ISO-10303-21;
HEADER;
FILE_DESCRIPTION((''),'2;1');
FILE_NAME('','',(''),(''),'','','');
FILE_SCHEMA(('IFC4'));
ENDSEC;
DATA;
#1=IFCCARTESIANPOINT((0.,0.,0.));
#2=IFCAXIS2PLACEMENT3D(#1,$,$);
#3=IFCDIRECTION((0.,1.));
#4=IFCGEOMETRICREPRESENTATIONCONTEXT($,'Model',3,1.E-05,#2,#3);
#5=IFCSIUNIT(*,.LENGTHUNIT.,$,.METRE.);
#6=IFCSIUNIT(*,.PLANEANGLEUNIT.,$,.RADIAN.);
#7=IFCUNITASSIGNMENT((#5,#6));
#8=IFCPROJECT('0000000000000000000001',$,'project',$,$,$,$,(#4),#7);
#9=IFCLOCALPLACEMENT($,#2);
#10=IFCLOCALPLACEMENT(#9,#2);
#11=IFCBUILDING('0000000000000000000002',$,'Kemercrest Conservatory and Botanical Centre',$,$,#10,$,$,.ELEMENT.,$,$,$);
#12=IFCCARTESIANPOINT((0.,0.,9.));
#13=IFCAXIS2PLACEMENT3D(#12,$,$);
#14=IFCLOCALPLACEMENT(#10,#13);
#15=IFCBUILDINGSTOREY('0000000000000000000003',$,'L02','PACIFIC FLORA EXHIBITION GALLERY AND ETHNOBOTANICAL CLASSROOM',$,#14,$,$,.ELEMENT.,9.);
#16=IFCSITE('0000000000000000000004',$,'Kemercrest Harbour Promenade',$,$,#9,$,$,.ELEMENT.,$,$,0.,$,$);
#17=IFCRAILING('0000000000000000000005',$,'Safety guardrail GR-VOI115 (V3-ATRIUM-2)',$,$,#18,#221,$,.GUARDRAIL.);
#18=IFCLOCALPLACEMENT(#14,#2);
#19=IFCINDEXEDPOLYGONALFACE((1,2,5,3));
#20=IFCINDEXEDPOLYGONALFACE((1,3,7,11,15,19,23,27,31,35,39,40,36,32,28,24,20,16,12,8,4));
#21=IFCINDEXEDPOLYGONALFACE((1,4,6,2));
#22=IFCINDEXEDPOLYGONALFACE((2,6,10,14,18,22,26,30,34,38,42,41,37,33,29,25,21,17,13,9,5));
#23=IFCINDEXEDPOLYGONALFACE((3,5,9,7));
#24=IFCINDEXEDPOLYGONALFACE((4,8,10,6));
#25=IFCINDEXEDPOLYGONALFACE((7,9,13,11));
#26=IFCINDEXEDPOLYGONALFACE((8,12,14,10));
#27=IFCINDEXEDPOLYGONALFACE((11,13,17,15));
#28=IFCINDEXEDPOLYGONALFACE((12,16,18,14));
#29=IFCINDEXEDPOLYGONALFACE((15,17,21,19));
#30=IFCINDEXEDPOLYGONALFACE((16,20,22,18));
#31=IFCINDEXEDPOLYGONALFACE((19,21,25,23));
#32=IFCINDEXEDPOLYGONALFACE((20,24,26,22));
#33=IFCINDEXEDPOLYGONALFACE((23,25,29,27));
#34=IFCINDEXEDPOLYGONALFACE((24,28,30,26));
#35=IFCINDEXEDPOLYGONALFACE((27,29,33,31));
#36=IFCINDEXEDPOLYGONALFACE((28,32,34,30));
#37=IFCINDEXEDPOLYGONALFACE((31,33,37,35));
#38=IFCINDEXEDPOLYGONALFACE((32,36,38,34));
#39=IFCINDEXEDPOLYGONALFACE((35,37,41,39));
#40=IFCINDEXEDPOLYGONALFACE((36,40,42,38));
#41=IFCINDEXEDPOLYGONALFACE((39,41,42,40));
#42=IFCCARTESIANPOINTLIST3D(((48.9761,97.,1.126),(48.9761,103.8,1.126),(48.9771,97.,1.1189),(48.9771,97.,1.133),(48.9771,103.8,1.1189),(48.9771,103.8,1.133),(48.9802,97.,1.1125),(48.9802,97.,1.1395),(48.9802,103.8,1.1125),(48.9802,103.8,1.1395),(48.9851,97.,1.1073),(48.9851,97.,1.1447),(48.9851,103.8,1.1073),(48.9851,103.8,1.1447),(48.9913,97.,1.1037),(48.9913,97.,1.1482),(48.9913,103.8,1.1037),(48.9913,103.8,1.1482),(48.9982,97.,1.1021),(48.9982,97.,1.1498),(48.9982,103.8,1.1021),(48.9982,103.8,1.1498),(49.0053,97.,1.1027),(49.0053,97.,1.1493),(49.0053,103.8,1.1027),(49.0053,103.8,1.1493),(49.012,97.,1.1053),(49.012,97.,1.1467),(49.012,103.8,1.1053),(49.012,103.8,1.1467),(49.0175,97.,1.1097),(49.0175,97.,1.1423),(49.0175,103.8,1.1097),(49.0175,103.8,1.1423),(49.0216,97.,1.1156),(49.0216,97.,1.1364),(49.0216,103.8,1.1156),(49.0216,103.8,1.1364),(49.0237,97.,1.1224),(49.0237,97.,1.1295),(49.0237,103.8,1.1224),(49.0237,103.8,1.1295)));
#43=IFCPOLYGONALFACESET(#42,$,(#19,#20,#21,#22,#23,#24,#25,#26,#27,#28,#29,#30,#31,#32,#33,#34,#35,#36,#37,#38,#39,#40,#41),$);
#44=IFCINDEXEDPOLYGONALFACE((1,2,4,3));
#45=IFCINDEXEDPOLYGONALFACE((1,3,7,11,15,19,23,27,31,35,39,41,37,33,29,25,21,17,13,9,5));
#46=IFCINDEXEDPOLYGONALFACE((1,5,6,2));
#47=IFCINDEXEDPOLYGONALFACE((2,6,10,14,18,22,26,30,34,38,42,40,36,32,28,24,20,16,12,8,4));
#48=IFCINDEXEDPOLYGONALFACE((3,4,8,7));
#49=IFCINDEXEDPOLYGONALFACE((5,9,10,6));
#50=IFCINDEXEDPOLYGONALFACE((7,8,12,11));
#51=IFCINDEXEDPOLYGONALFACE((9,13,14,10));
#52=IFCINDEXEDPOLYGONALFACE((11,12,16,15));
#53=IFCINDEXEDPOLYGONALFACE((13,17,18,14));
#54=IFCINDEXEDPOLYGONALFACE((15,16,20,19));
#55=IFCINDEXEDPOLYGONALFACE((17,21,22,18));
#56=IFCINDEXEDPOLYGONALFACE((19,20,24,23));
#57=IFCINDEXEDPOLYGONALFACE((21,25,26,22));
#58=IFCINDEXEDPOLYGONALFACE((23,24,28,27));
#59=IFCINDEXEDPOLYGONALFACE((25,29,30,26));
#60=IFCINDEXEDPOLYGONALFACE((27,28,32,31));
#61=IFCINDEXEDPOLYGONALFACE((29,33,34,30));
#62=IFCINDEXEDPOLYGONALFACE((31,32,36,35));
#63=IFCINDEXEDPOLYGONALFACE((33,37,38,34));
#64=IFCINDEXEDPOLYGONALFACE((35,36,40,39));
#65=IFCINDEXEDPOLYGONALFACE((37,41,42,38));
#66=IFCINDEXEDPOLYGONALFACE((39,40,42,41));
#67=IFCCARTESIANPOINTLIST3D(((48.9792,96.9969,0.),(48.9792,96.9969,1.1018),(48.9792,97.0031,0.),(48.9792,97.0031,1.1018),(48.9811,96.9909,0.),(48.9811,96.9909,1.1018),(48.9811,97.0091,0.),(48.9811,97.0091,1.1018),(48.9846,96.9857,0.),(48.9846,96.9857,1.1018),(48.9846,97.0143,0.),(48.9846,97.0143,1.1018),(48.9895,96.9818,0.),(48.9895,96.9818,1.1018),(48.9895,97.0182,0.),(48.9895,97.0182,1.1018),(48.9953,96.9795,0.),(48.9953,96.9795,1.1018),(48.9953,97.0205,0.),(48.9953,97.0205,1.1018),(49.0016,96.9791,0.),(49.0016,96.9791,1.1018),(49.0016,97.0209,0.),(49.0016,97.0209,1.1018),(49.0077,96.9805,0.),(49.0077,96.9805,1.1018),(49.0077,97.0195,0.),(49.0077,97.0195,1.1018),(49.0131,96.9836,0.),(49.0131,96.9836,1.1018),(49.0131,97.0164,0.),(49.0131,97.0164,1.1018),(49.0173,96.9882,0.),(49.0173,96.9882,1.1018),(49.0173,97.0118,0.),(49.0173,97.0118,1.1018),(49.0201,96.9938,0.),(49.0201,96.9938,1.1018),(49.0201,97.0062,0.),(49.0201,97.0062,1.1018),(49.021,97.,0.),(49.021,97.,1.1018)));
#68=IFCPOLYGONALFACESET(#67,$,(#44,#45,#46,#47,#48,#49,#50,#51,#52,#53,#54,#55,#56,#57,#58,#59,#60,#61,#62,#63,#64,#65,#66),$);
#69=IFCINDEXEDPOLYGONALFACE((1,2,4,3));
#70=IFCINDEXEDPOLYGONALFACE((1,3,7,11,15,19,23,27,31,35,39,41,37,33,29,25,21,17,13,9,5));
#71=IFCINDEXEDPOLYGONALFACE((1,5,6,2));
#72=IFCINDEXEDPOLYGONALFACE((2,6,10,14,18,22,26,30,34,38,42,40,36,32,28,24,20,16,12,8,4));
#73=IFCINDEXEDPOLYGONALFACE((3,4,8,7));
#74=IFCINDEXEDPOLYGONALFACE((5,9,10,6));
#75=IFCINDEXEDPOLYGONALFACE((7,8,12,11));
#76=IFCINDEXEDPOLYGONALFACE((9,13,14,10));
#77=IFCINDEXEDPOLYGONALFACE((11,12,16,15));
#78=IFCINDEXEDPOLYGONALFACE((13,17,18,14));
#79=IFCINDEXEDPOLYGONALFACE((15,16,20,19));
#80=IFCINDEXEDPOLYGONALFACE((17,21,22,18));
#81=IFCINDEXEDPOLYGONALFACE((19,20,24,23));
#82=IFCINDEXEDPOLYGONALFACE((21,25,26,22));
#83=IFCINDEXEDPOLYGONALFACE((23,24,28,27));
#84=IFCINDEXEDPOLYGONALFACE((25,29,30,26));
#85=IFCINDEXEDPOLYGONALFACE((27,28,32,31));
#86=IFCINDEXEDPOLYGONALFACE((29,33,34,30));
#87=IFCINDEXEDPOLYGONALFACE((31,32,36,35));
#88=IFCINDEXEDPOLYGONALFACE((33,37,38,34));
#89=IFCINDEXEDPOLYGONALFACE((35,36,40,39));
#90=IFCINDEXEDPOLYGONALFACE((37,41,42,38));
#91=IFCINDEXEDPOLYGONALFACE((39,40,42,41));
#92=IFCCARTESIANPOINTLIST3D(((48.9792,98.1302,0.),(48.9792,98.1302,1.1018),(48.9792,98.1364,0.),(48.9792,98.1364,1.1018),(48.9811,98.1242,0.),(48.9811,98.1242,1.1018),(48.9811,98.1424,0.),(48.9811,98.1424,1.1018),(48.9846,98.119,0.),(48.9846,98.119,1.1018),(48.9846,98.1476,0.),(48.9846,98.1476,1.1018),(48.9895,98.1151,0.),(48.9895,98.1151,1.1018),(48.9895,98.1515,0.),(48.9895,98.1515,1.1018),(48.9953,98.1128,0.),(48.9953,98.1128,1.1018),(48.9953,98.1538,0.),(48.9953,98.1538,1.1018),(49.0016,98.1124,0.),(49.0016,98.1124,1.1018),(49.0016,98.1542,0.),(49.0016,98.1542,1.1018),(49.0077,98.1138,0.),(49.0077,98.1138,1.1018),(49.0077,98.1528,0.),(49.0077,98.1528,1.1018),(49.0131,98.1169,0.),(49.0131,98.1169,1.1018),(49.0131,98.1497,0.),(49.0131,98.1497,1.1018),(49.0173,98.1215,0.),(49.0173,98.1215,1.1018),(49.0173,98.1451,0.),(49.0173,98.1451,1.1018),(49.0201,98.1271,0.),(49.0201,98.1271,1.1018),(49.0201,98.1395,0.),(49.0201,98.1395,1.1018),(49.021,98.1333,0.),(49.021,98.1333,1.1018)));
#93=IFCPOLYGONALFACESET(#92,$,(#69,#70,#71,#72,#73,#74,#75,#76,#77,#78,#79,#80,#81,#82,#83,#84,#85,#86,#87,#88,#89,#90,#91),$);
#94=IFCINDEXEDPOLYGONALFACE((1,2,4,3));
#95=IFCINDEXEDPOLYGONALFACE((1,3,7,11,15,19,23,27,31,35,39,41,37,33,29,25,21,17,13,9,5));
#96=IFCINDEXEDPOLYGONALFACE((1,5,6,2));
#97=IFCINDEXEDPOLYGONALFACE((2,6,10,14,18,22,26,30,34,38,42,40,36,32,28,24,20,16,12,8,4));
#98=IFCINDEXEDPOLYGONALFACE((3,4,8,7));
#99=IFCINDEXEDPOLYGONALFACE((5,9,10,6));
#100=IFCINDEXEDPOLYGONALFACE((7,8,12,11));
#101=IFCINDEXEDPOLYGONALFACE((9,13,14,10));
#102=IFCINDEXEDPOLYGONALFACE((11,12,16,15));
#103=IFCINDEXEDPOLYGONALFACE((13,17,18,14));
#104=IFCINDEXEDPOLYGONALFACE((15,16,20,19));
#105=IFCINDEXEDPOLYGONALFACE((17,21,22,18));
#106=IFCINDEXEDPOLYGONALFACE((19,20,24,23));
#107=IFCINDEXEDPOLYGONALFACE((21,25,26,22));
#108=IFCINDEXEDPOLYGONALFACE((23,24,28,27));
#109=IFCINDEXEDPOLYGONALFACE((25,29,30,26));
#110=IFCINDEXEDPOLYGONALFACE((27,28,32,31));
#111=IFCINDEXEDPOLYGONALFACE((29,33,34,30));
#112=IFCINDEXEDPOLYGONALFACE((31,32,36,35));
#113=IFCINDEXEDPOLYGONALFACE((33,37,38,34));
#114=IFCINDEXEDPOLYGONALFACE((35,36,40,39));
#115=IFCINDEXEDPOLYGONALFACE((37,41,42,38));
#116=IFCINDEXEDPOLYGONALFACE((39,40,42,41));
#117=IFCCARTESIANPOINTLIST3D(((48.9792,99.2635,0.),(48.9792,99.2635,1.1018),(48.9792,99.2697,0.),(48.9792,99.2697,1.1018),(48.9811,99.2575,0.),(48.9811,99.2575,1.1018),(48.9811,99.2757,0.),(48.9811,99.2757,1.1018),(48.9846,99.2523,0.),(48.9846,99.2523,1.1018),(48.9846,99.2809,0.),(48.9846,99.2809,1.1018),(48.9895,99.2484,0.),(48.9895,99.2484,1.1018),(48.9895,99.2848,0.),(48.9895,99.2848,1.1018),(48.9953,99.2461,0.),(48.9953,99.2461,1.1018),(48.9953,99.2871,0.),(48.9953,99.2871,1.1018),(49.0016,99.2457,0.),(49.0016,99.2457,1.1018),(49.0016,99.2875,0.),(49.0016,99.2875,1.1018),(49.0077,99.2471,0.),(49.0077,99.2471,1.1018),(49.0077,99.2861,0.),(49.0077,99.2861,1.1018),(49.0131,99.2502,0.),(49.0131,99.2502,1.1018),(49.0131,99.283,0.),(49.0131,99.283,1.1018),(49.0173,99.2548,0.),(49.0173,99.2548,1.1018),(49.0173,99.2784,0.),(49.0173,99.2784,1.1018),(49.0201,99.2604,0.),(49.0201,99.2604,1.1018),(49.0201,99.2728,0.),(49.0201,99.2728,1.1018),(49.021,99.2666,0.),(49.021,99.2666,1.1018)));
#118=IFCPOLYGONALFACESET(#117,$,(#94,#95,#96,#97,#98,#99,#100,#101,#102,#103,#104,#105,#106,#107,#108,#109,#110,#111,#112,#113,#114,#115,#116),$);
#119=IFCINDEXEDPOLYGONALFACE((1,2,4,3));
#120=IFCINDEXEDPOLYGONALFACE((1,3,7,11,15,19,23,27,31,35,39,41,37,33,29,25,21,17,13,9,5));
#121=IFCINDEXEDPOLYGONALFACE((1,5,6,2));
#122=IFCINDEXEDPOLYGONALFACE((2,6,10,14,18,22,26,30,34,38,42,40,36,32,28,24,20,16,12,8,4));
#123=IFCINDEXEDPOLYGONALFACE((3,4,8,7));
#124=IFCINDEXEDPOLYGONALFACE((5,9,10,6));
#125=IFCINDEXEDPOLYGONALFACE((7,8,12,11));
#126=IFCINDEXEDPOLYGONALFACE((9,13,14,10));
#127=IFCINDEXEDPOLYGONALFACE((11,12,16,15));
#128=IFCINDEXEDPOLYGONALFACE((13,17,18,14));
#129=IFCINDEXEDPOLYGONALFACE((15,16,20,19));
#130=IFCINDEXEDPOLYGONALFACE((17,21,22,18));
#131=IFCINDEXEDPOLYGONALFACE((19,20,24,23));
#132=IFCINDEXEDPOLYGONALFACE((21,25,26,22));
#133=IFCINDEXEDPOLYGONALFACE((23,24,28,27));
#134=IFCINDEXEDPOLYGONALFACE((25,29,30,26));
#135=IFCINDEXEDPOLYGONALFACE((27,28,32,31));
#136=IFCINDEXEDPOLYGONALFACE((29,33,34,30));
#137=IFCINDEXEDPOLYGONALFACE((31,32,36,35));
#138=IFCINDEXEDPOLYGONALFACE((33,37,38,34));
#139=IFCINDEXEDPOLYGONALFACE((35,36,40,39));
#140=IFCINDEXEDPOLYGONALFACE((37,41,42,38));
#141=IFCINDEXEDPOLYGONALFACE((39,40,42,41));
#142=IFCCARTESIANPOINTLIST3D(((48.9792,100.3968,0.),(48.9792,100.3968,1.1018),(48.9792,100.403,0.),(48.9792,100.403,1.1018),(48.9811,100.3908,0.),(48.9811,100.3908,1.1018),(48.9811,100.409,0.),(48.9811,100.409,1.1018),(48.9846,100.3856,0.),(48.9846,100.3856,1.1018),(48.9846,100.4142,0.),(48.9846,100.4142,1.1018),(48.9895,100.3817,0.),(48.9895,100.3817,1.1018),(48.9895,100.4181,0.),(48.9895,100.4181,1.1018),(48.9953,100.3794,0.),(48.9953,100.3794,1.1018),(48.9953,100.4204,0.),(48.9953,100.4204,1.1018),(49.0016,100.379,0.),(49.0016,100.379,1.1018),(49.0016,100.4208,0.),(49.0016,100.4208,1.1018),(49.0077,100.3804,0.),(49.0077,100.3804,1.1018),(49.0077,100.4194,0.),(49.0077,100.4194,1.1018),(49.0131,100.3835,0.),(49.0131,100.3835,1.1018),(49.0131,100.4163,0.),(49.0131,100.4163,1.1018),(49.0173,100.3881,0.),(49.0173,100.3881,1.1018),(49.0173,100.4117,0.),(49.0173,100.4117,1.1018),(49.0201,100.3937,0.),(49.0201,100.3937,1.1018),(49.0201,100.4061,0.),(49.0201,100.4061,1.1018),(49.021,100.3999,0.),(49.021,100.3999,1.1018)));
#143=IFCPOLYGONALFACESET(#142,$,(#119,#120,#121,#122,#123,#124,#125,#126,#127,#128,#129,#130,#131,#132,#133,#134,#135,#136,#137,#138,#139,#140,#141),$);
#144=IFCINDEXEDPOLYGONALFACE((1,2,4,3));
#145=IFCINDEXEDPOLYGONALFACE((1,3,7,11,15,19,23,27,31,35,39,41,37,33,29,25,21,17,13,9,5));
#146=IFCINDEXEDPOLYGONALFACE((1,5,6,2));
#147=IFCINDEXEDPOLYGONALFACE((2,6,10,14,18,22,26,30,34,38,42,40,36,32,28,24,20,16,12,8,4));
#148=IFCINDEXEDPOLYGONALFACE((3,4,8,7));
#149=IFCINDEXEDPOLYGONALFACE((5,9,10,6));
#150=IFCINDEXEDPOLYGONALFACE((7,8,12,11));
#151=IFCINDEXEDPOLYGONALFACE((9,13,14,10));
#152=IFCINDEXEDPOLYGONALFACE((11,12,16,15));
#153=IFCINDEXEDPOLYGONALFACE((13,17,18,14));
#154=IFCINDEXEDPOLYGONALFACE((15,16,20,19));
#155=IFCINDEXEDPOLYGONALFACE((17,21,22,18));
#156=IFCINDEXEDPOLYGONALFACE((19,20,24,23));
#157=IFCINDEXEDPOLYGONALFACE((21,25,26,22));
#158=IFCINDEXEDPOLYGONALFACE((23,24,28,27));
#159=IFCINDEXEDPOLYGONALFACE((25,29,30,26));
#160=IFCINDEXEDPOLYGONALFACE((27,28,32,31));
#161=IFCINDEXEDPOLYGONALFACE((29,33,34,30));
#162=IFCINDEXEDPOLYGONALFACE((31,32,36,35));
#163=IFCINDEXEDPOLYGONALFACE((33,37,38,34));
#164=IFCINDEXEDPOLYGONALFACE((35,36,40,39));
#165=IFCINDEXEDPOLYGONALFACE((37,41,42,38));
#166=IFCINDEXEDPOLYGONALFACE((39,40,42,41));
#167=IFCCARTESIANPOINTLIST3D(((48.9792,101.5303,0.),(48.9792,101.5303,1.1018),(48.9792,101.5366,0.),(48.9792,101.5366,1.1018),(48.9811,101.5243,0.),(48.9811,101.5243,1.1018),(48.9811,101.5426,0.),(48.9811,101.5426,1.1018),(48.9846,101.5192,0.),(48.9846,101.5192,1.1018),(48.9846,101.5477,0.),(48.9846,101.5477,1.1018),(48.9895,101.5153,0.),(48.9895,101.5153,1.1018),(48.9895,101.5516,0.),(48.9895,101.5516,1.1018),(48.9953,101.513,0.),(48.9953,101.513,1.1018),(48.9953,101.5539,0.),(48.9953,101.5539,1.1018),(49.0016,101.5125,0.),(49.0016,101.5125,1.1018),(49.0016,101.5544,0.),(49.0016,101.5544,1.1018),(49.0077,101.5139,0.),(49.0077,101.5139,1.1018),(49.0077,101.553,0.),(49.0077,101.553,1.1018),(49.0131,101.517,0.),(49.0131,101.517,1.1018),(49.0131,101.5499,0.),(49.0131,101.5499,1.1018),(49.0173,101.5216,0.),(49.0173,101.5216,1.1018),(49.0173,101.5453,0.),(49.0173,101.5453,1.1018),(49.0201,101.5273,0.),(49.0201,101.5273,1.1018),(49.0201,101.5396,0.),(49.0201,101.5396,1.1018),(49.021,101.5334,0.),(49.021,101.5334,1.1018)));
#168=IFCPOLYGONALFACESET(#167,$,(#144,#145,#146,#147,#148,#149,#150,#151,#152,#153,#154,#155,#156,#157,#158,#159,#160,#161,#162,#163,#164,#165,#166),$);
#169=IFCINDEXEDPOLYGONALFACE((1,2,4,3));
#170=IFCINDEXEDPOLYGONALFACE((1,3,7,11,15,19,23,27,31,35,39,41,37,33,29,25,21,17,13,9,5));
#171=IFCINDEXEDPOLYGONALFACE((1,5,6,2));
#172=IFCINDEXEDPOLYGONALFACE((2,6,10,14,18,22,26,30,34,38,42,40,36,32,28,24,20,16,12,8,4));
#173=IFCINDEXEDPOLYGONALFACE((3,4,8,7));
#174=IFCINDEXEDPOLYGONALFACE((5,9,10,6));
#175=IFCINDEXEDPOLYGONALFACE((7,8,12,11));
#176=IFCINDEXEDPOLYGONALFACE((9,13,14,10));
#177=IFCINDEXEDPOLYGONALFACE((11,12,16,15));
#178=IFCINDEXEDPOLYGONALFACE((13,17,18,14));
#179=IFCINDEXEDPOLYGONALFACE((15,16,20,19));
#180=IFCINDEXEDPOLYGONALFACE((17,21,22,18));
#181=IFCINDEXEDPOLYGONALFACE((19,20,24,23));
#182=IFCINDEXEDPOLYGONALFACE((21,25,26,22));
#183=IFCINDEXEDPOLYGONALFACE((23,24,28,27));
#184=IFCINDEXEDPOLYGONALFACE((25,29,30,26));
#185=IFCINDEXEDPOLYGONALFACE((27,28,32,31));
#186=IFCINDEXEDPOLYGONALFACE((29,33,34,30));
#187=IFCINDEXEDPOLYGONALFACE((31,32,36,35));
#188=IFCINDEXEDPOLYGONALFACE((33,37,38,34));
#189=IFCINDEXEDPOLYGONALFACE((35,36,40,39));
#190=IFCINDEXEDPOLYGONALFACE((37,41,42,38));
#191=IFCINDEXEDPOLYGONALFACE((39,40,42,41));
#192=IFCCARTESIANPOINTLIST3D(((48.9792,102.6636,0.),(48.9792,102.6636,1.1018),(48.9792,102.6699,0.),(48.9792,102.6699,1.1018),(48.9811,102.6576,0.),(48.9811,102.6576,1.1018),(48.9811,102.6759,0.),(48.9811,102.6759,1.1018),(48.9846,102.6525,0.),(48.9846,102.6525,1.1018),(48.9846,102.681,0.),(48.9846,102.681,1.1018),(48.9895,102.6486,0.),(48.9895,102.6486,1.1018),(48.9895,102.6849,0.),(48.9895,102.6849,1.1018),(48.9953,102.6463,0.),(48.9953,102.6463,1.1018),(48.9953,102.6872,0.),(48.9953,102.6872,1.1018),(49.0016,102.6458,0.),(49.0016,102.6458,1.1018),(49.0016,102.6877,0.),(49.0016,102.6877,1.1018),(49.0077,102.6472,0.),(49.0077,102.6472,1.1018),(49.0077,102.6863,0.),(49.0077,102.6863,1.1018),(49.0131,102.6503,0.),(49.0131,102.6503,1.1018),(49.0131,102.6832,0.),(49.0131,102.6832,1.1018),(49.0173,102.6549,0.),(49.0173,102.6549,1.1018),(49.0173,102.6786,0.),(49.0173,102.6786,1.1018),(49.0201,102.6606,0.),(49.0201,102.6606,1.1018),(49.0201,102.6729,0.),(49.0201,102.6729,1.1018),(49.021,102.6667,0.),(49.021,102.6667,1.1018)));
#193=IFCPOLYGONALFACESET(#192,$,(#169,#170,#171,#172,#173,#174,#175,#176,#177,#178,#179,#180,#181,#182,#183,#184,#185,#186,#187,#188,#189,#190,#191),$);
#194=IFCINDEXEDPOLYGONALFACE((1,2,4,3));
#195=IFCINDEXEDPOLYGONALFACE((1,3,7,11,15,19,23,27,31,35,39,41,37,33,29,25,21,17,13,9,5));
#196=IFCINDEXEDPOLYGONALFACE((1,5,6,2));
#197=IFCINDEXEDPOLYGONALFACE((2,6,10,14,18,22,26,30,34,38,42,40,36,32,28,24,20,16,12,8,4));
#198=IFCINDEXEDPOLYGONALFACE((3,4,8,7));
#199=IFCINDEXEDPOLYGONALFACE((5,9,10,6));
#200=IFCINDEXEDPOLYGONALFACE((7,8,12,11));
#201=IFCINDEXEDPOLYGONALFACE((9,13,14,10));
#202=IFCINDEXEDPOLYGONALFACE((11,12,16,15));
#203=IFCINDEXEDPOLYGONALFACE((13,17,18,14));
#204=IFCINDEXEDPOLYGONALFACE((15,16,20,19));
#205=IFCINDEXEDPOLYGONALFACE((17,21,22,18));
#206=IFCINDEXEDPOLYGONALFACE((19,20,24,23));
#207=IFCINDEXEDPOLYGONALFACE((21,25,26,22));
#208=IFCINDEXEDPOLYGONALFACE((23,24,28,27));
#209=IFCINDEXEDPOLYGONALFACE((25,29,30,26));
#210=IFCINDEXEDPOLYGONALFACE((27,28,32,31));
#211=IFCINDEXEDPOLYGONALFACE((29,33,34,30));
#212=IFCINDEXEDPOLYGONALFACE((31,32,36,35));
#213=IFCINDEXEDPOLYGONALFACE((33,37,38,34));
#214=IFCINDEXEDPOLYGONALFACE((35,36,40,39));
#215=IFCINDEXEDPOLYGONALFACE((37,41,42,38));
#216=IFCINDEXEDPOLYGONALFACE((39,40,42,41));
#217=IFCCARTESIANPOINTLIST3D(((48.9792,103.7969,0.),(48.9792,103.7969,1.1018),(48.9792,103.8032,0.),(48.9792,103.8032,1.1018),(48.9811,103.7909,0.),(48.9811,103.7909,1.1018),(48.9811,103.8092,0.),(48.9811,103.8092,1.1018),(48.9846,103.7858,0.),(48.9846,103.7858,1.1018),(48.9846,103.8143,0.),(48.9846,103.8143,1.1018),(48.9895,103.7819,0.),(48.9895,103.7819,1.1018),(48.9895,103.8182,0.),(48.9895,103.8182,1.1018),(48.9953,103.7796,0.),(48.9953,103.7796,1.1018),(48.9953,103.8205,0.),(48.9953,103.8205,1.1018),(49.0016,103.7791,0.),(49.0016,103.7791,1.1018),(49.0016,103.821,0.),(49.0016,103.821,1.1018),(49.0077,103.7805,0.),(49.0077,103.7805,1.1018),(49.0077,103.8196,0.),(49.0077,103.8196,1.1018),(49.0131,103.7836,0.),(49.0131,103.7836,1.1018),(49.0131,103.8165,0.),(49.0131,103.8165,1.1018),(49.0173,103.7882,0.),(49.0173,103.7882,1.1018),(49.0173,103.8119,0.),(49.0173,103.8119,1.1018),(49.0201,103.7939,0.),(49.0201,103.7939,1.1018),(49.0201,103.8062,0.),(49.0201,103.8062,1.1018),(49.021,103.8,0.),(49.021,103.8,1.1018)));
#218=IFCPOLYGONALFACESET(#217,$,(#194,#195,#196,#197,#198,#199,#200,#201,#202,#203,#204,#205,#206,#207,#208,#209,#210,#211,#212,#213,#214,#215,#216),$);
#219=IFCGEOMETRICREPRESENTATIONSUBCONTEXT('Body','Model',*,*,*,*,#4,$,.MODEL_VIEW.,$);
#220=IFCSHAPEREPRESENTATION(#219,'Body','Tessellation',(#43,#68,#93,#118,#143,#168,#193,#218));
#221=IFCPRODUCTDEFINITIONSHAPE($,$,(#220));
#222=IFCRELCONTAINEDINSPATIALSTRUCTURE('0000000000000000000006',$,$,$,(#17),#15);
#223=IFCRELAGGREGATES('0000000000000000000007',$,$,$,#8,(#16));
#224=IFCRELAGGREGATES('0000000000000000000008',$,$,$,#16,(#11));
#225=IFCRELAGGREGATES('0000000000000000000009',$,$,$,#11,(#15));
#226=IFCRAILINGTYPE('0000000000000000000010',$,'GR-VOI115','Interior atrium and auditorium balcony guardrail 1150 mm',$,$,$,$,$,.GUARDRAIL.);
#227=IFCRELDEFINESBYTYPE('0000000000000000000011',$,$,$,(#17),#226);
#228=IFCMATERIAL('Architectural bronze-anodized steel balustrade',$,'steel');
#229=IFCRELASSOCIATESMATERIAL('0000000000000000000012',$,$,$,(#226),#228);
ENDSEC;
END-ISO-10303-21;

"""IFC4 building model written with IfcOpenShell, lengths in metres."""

from ifc_helpers import new_model, si_unit, direction, frame, origin, origin_2d, place, context, subcontext, project, spatial, circle, extrude, material, type_object, element, save


model = new_model("IFC4")

# Units and contexts
model_context = context("Model", 3, precision=1e-05, world=origin(), true_north=direction((0.0, 1.0)))
body_context = subcontext(model_context, "Body", "Model", "MODEL_VIEW")
ifc_project = project(units=[si_unit("LENGTHUNIT", "METRE"), si_unit("PLANEANGLEUNIT", "RADIAN")], contexts=[model_context])

# Site, building, storey
site_placement = place(None, origin())
site = spatial("IfcSite", under=ifc_project, at=site_placement, Name="Kemercrest Harbour Promenade", CompositionType="ELEMENT", RefElevation=0.0)
building_placement = place(site_placement, origin())
building = spatial("IfcBuilding", under=site, at=building_placement, Name="Kemercrest Conservatory and Botanical Centre", CompositionType="ELEMENT")
storey_placement = place(building_placement, frame((0.0, 0.0, 9.0)))
storey = spatial("IfcBuildingStorey", under=building, at=storey_placement, Name="L02", Description="PACIFIC FLORA EXHIBITION GALLERY AND ETHNOBOTANICAL CLASSROOM", CompositionType="ELEMENT", Elevation=9.0)

# Railing
ifc_material_1 = material(Name="Architectural bronze-anodized steel balustrade", Category="steel")
railing_type = type_object("IfcRailingType", Name="GR-VOI115", Description="Interior atrium and auditorium balcony guardrail 1150 mm", PredefinedType="GUARDRAIL", material=ifc_material_1)
railing_1_placement = place(storey_placement, frame((49.0, 97.0, 0.0)))
element("IfcRailing", 1, at=railing_1_placement, inside=storey, type_object=railing_type, Name="Safety guardrail GR-VOI115 (V3-ATRIUM-2)", PredefinedType="GUARDRAIL", context=body_context, shape_type="SweptSolid", body=[
    extrude(circle(Radius=0.0239, at=origin_2d()), frame((0.0, 0.0, 1.126), z_axis=(0.0, 1.0, 0.0), x_axis=(-1.0, 0.0, 0.0)), (0.0, 0.0, 1.0), 6.8),
    extrude(circle(Radius=0.021, at=origin_2d()), origin(), (0.0, 0.0, 1.0), 1.1018),
    extrude(circle(Radius=0.021, at=origin_2d()), frame((0.0, 1.1333, 0.0)), (0.0, 0.0, 1.0), 1.1018),
    extrude(circle(Radius=0.021, at=origin_2d()), frame((0.0, 2.2666, 0.0)), (0.0, 0.0, 1.0), 1.1018),
    extrude(circle(Radius=0.021, at=origin_2d()), frame((0.0, 3.3999, 0.0)), (0.0, 0.0, 1.0), 1.1018),
    extrude(circle(Radius=0.021, at=origin_2d()), frame((0.0, 4.5334, 0.0)), (0.0, 0.0, 1.0), 1.1018),
    extrude(circle(Radius=0.021, at=origin_2d()), frame((0.0, 5.6667, 0.0)), (0.0, 0.0, 1.0), 1.1018),
    extrude(circle(Radius=0.021, at=origin_2d()), frame((0.0, 6.8, 0.0)), (0.0, 0.0, 1.0), 1.1018),
])

save(model, "model.ifc")
